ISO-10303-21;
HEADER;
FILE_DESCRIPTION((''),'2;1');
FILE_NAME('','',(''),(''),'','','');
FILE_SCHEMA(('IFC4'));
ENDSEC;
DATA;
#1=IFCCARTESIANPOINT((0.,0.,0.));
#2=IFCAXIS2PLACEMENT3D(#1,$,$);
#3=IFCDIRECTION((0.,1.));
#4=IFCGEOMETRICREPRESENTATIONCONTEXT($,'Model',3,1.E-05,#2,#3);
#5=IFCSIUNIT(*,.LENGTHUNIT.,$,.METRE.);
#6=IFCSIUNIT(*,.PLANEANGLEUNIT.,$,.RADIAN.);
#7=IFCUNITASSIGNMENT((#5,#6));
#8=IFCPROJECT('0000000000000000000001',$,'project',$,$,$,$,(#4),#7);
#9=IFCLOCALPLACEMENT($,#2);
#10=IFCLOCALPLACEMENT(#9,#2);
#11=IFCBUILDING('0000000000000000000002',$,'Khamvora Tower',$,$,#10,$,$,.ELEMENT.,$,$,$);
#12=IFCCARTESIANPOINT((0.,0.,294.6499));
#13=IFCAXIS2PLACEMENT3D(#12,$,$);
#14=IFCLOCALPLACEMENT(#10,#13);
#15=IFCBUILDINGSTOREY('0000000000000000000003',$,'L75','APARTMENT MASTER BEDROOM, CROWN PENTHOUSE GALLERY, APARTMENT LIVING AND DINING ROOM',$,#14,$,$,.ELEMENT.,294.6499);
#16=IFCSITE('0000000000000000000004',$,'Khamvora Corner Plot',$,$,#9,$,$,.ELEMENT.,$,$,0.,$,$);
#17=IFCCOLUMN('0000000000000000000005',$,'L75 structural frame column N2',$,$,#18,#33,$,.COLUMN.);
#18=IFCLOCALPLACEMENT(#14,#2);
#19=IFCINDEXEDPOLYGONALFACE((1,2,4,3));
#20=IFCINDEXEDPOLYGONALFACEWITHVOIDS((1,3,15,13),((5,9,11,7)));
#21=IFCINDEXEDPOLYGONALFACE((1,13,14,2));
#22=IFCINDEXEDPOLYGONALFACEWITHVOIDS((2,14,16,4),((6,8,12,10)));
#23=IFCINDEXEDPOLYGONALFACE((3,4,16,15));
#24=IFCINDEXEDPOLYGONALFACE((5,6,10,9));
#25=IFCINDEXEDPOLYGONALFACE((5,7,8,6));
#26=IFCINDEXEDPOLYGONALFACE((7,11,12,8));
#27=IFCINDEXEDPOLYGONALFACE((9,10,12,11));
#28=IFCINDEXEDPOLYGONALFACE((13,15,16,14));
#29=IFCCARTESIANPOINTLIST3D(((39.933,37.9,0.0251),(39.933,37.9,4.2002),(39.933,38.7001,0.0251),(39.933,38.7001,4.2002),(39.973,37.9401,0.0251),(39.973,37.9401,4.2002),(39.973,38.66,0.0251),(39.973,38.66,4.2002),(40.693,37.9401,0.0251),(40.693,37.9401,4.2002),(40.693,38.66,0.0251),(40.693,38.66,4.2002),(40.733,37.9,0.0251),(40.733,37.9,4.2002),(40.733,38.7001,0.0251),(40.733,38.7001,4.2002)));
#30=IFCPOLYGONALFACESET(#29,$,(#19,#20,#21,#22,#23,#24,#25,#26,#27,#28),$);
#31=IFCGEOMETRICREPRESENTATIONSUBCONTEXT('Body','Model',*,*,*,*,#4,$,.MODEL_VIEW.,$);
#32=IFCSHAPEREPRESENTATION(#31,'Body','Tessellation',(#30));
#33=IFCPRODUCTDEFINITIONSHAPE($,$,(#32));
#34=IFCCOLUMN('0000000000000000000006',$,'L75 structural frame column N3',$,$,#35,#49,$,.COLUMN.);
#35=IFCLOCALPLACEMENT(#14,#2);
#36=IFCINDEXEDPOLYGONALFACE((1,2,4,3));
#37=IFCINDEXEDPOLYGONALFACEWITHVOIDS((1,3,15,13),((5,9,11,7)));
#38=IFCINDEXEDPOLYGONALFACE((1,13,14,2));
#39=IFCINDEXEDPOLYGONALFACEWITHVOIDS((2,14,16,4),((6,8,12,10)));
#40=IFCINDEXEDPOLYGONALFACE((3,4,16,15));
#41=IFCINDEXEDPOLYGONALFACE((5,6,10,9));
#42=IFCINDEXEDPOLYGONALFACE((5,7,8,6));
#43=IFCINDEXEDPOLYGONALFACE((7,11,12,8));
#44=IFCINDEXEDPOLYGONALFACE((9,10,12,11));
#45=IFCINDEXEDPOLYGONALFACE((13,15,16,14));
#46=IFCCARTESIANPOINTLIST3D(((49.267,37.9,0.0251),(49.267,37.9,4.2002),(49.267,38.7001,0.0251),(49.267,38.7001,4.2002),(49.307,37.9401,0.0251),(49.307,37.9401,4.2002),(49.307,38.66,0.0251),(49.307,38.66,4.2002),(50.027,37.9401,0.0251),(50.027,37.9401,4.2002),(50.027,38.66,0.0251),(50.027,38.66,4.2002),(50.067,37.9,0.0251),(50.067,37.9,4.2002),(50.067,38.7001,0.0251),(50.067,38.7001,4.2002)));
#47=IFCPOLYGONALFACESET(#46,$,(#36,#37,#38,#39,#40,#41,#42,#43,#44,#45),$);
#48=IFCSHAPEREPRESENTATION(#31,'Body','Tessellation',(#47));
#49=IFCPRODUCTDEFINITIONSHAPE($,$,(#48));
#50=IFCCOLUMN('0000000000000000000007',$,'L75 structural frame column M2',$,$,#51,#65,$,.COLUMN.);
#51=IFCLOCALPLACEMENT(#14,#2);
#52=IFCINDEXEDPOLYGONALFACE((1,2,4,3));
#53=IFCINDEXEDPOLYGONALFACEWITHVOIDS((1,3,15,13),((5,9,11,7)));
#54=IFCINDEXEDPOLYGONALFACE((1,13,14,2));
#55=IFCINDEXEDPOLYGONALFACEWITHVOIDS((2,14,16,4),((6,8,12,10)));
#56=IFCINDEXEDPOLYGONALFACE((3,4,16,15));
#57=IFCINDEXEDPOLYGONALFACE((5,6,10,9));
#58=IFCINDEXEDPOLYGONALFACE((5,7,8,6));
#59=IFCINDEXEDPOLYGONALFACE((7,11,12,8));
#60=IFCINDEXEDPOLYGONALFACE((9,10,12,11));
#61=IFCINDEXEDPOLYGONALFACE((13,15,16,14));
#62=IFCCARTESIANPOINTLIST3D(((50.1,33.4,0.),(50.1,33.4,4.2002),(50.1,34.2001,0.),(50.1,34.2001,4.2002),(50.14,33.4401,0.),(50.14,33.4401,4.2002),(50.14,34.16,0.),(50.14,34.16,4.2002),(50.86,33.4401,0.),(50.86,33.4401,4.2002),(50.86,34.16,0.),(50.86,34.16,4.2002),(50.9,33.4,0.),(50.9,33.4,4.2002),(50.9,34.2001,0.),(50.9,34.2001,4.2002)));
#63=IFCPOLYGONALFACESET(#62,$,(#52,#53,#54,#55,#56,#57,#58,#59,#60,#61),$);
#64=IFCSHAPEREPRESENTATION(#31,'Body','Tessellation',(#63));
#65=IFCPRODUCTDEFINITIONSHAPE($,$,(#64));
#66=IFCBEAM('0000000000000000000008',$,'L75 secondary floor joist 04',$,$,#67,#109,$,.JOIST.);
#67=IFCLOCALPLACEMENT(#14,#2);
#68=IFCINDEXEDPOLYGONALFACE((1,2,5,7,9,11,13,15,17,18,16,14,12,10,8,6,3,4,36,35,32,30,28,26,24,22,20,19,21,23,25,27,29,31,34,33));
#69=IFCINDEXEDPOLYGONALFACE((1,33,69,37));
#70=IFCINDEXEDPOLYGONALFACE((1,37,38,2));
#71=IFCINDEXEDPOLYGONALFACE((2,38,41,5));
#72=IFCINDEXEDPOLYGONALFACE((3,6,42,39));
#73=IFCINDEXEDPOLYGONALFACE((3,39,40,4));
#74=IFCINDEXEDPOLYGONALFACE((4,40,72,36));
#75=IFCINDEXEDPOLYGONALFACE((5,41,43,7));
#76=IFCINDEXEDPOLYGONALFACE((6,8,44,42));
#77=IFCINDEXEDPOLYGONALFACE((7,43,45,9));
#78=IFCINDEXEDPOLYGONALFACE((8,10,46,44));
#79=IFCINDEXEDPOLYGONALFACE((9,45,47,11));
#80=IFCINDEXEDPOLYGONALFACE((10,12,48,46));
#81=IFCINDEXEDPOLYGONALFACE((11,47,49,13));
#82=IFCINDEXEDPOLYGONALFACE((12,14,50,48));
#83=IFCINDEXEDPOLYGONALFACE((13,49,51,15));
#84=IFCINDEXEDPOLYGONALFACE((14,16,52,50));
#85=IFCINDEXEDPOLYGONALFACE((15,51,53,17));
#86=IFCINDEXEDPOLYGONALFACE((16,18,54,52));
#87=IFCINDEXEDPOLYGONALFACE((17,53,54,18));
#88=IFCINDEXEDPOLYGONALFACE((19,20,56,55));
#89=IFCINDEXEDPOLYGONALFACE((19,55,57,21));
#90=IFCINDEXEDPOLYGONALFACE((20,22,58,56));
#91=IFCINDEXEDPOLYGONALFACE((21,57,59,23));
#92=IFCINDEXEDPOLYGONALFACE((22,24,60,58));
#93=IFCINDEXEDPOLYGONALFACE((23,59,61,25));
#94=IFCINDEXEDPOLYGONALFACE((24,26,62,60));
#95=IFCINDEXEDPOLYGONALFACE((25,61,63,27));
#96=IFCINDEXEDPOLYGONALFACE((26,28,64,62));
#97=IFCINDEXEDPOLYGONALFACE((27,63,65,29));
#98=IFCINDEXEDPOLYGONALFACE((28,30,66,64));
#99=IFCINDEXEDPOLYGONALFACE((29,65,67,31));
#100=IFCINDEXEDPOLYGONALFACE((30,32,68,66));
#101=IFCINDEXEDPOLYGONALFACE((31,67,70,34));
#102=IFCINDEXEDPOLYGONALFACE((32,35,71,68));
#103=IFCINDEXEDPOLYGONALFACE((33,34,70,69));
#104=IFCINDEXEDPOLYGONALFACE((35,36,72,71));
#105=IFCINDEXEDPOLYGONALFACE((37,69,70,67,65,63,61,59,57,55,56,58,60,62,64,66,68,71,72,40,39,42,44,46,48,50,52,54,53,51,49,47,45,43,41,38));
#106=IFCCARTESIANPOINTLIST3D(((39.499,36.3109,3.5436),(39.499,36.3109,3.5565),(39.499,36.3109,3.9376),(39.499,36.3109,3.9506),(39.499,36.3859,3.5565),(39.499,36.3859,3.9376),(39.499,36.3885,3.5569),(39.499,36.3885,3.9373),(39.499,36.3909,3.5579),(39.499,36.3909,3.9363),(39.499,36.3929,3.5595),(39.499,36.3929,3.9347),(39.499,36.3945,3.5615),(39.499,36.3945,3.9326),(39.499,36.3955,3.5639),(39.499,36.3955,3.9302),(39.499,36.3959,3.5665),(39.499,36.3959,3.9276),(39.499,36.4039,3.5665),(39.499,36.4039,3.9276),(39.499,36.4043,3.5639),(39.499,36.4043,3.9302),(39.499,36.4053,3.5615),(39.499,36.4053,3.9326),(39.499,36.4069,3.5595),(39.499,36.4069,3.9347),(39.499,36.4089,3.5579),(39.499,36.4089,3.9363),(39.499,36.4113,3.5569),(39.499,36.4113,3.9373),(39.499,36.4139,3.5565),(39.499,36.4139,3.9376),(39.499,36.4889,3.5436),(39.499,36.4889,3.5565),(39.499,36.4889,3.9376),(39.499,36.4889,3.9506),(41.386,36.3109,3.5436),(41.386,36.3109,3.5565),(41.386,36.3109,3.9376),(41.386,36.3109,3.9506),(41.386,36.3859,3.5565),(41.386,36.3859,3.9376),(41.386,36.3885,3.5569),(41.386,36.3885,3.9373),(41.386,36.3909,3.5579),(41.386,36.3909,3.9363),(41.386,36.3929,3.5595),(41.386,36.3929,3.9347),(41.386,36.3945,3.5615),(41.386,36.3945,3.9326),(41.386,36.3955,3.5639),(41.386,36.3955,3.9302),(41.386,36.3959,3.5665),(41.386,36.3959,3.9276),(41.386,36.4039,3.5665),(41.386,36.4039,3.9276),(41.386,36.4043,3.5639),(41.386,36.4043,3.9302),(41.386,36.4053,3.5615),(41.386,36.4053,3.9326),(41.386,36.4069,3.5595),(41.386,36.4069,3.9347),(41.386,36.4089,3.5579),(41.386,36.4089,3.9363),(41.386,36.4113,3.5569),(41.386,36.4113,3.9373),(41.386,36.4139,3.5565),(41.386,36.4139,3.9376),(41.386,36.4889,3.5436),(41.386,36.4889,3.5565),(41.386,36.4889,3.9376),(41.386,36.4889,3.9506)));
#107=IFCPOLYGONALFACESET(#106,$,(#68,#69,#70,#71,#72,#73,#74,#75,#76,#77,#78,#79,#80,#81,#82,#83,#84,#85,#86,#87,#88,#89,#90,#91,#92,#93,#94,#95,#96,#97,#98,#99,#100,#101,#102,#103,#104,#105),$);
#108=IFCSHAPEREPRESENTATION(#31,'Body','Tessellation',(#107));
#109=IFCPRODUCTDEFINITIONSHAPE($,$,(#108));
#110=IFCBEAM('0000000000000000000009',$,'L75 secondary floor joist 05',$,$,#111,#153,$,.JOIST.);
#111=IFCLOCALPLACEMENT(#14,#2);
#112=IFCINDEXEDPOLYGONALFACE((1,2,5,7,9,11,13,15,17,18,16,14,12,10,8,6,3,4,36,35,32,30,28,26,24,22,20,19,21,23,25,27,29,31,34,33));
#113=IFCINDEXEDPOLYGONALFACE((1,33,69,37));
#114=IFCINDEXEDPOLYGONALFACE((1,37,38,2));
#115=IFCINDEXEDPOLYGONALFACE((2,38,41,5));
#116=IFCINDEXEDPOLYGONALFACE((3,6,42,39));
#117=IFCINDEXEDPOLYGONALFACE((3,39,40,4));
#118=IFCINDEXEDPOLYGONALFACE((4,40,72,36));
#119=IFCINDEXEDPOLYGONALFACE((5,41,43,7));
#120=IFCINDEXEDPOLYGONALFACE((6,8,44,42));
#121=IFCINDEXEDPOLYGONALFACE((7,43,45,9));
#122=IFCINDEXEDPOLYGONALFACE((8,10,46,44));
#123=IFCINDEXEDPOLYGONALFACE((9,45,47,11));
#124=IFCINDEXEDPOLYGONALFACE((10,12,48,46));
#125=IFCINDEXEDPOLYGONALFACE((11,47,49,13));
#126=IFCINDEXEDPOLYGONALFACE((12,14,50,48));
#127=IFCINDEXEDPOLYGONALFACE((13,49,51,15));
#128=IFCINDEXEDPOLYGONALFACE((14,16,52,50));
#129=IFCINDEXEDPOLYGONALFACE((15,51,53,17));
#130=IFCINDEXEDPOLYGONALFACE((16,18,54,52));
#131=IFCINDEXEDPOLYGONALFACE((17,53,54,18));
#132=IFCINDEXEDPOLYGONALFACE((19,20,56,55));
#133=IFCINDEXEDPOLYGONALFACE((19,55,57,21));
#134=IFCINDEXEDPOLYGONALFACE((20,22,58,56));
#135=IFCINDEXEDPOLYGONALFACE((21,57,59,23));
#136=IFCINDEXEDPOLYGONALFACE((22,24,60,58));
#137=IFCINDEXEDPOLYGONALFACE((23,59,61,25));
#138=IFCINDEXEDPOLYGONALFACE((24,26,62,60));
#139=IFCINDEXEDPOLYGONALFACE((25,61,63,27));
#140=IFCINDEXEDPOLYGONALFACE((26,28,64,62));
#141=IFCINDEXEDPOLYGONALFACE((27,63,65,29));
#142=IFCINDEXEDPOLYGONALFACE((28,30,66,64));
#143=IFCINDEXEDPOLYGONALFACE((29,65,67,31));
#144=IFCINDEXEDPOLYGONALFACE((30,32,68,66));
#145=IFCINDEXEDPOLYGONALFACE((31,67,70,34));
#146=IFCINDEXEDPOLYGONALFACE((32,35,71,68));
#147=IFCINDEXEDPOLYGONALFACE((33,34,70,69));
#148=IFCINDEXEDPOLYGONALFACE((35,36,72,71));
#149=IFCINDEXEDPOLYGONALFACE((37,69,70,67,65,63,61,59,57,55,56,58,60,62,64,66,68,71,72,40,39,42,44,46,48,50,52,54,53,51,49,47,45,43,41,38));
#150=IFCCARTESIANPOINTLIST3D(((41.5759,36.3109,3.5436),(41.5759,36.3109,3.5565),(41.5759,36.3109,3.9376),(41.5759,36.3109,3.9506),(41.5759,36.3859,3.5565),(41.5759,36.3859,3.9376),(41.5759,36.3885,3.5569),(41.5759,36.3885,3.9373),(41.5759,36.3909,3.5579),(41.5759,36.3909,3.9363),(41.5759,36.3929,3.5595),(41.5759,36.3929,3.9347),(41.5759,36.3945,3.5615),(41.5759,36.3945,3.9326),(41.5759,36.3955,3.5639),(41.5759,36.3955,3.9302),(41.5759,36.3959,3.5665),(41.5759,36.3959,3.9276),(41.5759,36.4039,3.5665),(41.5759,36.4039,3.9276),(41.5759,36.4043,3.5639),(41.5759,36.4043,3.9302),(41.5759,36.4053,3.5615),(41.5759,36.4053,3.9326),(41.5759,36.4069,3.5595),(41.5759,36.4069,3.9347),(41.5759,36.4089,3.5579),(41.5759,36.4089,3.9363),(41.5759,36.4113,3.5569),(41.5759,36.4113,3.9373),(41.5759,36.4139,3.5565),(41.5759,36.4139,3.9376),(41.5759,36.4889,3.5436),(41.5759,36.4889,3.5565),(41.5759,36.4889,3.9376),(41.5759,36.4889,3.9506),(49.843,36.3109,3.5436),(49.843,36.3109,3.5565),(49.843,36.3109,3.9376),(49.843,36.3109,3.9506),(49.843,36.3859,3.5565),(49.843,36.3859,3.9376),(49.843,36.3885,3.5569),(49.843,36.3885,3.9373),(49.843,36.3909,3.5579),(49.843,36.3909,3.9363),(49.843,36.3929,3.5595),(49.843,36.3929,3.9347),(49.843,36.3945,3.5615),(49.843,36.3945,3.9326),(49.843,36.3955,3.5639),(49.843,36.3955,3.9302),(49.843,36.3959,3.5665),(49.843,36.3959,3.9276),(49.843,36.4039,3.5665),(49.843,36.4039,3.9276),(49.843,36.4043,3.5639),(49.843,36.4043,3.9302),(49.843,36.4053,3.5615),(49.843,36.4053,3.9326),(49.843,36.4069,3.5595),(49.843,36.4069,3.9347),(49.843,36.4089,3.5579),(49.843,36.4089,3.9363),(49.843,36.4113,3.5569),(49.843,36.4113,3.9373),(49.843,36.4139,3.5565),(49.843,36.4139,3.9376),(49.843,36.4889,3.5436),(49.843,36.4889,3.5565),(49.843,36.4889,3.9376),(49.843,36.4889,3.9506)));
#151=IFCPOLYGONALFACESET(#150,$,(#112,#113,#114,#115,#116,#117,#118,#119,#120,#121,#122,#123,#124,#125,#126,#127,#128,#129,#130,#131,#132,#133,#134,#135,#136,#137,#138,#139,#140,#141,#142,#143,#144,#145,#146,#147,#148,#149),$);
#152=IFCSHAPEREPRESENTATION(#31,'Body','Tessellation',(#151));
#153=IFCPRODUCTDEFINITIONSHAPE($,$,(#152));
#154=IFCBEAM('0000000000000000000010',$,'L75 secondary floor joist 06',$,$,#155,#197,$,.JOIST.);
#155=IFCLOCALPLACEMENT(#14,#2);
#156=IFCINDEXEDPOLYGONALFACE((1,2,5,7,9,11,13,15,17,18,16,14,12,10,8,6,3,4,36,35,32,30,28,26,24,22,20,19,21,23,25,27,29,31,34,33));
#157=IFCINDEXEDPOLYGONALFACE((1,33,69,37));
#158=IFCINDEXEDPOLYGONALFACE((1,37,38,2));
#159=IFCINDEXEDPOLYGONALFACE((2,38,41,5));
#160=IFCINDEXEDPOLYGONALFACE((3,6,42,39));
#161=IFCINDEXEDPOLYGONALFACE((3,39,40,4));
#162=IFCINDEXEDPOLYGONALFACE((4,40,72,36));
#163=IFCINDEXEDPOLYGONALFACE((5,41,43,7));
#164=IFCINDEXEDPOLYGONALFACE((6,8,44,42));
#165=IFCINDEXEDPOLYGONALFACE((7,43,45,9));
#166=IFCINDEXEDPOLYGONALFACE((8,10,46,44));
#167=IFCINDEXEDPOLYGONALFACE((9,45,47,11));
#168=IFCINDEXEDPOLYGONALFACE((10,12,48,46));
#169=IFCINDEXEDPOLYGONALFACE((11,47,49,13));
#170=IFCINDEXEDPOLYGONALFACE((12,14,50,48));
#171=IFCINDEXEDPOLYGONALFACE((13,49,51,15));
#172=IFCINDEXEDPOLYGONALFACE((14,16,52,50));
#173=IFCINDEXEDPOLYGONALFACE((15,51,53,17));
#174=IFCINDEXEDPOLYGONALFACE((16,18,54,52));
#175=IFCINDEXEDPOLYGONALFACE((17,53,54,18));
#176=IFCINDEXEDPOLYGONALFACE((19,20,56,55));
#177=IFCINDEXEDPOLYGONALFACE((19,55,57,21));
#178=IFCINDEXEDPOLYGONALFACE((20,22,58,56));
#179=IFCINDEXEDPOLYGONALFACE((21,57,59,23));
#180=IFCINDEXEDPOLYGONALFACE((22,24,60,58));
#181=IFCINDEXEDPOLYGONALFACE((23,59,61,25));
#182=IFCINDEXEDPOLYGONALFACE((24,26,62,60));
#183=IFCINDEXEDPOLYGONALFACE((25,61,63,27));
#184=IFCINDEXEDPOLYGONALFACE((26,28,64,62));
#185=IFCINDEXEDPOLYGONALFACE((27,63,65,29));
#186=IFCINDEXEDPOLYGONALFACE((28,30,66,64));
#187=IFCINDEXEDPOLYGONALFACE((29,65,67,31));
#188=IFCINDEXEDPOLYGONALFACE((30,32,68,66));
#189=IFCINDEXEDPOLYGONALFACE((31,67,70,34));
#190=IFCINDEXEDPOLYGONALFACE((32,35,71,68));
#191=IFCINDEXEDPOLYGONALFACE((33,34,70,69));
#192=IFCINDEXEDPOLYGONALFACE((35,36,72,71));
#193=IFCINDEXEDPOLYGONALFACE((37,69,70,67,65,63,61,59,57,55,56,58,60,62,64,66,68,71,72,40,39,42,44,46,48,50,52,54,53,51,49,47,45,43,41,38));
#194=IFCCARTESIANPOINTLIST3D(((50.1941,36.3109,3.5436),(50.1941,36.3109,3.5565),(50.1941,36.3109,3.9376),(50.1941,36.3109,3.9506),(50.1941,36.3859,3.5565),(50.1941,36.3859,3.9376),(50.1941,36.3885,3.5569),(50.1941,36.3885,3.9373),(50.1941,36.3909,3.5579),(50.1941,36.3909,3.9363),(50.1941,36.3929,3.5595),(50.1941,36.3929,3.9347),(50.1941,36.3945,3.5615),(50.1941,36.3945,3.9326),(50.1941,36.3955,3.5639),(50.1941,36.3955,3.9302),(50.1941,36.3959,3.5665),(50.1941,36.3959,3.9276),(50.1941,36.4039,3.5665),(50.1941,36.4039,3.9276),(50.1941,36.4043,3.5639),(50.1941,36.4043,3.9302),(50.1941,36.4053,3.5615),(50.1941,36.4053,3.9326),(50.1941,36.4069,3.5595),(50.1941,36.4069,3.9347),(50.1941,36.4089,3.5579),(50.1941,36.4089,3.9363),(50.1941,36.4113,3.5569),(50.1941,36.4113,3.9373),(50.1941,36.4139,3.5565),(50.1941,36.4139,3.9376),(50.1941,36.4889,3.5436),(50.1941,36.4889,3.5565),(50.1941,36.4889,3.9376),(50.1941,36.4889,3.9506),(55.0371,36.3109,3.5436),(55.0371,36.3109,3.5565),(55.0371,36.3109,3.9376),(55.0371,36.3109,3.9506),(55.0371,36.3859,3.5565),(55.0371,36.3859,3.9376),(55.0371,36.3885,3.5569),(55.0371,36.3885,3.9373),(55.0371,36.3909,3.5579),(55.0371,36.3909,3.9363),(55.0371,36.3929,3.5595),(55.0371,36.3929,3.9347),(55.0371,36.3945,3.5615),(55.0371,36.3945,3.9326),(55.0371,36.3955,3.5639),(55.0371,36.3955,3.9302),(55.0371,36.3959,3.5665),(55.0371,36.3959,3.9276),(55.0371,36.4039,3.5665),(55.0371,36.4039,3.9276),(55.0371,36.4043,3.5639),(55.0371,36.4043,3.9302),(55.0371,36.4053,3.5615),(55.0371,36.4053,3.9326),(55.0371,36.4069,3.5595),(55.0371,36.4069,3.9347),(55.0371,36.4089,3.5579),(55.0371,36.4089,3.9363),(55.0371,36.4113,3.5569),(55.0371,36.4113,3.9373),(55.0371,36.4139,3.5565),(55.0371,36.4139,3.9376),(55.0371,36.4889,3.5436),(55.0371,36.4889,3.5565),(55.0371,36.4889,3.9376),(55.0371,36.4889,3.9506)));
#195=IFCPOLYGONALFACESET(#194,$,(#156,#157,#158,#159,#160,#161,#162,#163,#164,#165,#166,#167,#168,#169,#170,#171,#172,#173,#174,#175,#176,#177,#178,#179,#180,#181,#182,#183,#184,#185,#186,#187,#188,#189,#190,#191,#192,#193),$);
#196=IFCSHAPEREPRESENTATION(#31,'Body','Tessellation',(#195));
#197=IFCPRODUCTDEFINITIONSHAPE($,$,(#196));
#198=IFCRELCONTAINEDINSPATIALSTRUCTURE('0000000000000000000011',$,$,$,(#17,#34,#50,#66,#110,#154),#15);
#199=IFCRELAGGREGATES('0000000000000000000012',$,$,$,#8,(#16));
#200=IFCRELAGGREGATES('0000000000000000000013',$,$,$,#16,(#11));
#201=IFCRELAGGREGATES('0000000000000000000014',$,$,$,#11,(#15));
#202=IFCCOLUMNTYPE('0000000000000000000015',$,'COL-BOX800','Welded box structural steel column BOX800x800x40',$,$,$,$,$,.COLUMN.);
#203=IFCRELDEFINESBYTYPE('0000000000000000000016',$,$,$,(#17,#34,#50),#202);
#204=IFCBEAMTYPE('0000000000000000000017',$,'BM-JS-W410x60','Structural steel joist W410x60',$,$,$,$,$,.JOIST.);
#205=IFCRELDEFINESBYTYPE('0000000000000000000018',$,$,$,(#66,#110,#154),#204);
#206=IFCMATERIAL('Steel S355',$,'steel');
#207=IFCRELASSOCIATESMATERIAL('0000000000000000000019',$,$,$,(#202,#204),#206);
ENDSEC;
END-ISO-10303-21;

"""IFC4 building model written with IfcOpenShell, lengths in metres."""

from ifc_helpers import new_model, si_unit, direction, frame, origin, origin_2d, place, context, subcontext, project, spatial, hollow_rectangle, i_section, extrude, material, material_profile, profile_set, type_object, element, save


model = new_model("IFC4")

# Units and contexts
model_context = context("Model", 3, precision=1e-05, world=origin(), true_north=direction((0.0, 1.0)))
body_context = subcontext(model_context, "Body", "Model", "MODEL_VIEW")
ifc_project = project(units=[si_unit("LENGTHUNIT", "METRE"), si_unit("PLANEANGLEUNIT", "RADIAN")], contexts=[model_context])

# Site, building, storey
site_placement = place(None, origin())
site = spatial("IfcSite", under=ifc_project, at=site_placement, Name="Khamvora Corner Plot", CompositionType="ELEMENT", RefElevation=0.0)
building_placement = place(site_placement, origin())
building = spatial("IfcBuilding", under=site, at=building_placement, Name="Khamvora Tower", CompositionType="ELEMENT")
storey_placement = place(building_placement, frame((0.0, 0.0, 294.6499)))
storey = spatial("IfcBuildingStorey", under=building, at=storey_placement, Name="L75", Description="APARTMENT MASTER BEDROOM, CROWN PENTHOUSE GALLERY, APARTMENT LIVING AND DINING ROOM", CompositionType="ELEMENT", Elevation=294.6499)

# Columns
ifc_material_1 = material(Name="Steel S355", Category="steel")
ifc_material_profile_1 = material_profile(ifc_material_1, hollow_rectangle(XDim=0.8, YDim=0.8, WallThickness=0.04, at=origin_2d()), Name="BOX800x800x40")
ifc_profile_set_1 = profile_set([ifc_material_profile_1], Name="Steel S355")
column_type = type_object("IfcColumnType", Name="COL-BOX800", Description="Welded box structural steel column BOX800x800x40", PredefinedType="COLUMN", material=ifc_profile_set_1)
for number, where, z_axis, x_axis, name in (
    (1, (40.333, 38.3, 0.0251), (0.0, 0.0, 1.0), (1.0, 0.0, 0.0), "L75 structural frame column N2"),
    (2, (49.667, 38.3, 0.0251), (0.0, 0.0, 1.0), (1.0, 0.0, 0.0), "L75 structural frame column N3"),
):
    element("IfcColumn", number, at=place(storey_placement, frame(where, z_axis=z_axis, x_axis=x_axis)), inside=storey, type_object=column_type, Name=name, PredefinedType="COLUMN", context=body_context, shape_type="SweptSolid", body=[
        extrude(hollow_rectangle(XDim=0.8, YDim=0.8, WallThickness=0.04, at=origin_2d()), origin(), (0.0, 0.0, 1.0), 4.175),
    ])
column_placement = place(storey_placement, frame((50.5, 33.8, 0.0), z_axis=(0.0, 0.0, 1.0), x_axis=(1.0, 0.0, 0.0)))
element("IfcColumn", 3, at=column_placement, inside=storey, type_object=column_type, Name="L75 structural frame column M2", PredefinedType="COLUMN", context=body_context, shape_type="SweptSolid", body=[
    extrude(hollow_rectangle(XDim=0.8, YDim=0.8, WallThickness=0.04, at=origin_2d()), origin(), (0.0, 0.0, 1.0), 4.2002),
])

# Beams
ifc_material_profile_2 = material_profile(ifc_material_1, i_section(OverallWidth=0.178, OverallDepth=0.407, WebThickness=0.0081, FlangeThickness=0.0129, FilletRadius=0.01, at=origin_2d()), Name="W410x60")
ifc_profile_set_2 = profile_set([ifc_material_profile_2], Name="Steel S355")
beam_type_1 = type_object("IfcBeamType", Name="BM-JS-W410x60", Description="Structural steel joist W410x60", PredefinedType="JOIST", material=ifc_profile_set_2)
beam_1_placement = place(storey_placement, frame((39.499, 36.3999, 3.7471), z_axis=(1.0, 0.0, 0.0), x_axis=(0.0, 1.0, 0.0)))
element("IfcBeam", 4, at=beam_1_placement, inside=storey, type_object=beam_type_1, Name="L75 secondary floor joist 04", PredefinedType="JOIST", context=body_context, shape_type="SweptSolid", body=[
    extrude(i_section(OverallWidth=0.178, OverallDepth=0.407, WebThickness=0.0081, FlangeThickness=0.0129, FilletRadius=0.01, at=origin_2d()), origin(), (0.0, 0.0, 1.0), 1.887),
])
beam_2_placement = place(storey_placement, frame((41.5759, 36.3999, 3.7471), z_axis=(1.0, 0.0, 0.0), x_axis=(0.0, 1.0, 0.0)))
element("IfcBeam", 5, at=beam_2_placement, inside=storey, type_object=beam_type_1, Name="L75 secondary floor joist 05", PredefinedType="JOIST", context=body_context, shape_type="SweptSolid", body=[
    extrude(i_section(OverallWidth=0.178, OverallDepth=0.407, WebThickness=0.0081, FlangeThickness=0.0129, FilletRadius=0.01, at=origin_2d()), origin(), (0.0, 0.0, 1.0), 8.2671),
])
beam_3_placement = place(storey_placement, frame((50.1941, 36.3999, 3.7471), z_axis=(1.0, 0.0, 0.0), x_axis=(0.0, 1.0, 0.0)))
element("IfcBeam", 6, at=beam_3_placement, inside=storey, type_object=beam_type_1, Name="L75 secondary floor joist 06", PredefinedType="JOIST", context=body_context, shape_type="SweptSolid", body=[
    extrude(i_section(OverallWidth=0.178, OverallDepth=0.407, WebThickness=0.0081, FlangeThickness=0.0129, FilletRadius=0.01, at=origin_2d()), origin(), (0.0, 0.0, 1.0), 4.843),
])

save(model, "model.ifc")
